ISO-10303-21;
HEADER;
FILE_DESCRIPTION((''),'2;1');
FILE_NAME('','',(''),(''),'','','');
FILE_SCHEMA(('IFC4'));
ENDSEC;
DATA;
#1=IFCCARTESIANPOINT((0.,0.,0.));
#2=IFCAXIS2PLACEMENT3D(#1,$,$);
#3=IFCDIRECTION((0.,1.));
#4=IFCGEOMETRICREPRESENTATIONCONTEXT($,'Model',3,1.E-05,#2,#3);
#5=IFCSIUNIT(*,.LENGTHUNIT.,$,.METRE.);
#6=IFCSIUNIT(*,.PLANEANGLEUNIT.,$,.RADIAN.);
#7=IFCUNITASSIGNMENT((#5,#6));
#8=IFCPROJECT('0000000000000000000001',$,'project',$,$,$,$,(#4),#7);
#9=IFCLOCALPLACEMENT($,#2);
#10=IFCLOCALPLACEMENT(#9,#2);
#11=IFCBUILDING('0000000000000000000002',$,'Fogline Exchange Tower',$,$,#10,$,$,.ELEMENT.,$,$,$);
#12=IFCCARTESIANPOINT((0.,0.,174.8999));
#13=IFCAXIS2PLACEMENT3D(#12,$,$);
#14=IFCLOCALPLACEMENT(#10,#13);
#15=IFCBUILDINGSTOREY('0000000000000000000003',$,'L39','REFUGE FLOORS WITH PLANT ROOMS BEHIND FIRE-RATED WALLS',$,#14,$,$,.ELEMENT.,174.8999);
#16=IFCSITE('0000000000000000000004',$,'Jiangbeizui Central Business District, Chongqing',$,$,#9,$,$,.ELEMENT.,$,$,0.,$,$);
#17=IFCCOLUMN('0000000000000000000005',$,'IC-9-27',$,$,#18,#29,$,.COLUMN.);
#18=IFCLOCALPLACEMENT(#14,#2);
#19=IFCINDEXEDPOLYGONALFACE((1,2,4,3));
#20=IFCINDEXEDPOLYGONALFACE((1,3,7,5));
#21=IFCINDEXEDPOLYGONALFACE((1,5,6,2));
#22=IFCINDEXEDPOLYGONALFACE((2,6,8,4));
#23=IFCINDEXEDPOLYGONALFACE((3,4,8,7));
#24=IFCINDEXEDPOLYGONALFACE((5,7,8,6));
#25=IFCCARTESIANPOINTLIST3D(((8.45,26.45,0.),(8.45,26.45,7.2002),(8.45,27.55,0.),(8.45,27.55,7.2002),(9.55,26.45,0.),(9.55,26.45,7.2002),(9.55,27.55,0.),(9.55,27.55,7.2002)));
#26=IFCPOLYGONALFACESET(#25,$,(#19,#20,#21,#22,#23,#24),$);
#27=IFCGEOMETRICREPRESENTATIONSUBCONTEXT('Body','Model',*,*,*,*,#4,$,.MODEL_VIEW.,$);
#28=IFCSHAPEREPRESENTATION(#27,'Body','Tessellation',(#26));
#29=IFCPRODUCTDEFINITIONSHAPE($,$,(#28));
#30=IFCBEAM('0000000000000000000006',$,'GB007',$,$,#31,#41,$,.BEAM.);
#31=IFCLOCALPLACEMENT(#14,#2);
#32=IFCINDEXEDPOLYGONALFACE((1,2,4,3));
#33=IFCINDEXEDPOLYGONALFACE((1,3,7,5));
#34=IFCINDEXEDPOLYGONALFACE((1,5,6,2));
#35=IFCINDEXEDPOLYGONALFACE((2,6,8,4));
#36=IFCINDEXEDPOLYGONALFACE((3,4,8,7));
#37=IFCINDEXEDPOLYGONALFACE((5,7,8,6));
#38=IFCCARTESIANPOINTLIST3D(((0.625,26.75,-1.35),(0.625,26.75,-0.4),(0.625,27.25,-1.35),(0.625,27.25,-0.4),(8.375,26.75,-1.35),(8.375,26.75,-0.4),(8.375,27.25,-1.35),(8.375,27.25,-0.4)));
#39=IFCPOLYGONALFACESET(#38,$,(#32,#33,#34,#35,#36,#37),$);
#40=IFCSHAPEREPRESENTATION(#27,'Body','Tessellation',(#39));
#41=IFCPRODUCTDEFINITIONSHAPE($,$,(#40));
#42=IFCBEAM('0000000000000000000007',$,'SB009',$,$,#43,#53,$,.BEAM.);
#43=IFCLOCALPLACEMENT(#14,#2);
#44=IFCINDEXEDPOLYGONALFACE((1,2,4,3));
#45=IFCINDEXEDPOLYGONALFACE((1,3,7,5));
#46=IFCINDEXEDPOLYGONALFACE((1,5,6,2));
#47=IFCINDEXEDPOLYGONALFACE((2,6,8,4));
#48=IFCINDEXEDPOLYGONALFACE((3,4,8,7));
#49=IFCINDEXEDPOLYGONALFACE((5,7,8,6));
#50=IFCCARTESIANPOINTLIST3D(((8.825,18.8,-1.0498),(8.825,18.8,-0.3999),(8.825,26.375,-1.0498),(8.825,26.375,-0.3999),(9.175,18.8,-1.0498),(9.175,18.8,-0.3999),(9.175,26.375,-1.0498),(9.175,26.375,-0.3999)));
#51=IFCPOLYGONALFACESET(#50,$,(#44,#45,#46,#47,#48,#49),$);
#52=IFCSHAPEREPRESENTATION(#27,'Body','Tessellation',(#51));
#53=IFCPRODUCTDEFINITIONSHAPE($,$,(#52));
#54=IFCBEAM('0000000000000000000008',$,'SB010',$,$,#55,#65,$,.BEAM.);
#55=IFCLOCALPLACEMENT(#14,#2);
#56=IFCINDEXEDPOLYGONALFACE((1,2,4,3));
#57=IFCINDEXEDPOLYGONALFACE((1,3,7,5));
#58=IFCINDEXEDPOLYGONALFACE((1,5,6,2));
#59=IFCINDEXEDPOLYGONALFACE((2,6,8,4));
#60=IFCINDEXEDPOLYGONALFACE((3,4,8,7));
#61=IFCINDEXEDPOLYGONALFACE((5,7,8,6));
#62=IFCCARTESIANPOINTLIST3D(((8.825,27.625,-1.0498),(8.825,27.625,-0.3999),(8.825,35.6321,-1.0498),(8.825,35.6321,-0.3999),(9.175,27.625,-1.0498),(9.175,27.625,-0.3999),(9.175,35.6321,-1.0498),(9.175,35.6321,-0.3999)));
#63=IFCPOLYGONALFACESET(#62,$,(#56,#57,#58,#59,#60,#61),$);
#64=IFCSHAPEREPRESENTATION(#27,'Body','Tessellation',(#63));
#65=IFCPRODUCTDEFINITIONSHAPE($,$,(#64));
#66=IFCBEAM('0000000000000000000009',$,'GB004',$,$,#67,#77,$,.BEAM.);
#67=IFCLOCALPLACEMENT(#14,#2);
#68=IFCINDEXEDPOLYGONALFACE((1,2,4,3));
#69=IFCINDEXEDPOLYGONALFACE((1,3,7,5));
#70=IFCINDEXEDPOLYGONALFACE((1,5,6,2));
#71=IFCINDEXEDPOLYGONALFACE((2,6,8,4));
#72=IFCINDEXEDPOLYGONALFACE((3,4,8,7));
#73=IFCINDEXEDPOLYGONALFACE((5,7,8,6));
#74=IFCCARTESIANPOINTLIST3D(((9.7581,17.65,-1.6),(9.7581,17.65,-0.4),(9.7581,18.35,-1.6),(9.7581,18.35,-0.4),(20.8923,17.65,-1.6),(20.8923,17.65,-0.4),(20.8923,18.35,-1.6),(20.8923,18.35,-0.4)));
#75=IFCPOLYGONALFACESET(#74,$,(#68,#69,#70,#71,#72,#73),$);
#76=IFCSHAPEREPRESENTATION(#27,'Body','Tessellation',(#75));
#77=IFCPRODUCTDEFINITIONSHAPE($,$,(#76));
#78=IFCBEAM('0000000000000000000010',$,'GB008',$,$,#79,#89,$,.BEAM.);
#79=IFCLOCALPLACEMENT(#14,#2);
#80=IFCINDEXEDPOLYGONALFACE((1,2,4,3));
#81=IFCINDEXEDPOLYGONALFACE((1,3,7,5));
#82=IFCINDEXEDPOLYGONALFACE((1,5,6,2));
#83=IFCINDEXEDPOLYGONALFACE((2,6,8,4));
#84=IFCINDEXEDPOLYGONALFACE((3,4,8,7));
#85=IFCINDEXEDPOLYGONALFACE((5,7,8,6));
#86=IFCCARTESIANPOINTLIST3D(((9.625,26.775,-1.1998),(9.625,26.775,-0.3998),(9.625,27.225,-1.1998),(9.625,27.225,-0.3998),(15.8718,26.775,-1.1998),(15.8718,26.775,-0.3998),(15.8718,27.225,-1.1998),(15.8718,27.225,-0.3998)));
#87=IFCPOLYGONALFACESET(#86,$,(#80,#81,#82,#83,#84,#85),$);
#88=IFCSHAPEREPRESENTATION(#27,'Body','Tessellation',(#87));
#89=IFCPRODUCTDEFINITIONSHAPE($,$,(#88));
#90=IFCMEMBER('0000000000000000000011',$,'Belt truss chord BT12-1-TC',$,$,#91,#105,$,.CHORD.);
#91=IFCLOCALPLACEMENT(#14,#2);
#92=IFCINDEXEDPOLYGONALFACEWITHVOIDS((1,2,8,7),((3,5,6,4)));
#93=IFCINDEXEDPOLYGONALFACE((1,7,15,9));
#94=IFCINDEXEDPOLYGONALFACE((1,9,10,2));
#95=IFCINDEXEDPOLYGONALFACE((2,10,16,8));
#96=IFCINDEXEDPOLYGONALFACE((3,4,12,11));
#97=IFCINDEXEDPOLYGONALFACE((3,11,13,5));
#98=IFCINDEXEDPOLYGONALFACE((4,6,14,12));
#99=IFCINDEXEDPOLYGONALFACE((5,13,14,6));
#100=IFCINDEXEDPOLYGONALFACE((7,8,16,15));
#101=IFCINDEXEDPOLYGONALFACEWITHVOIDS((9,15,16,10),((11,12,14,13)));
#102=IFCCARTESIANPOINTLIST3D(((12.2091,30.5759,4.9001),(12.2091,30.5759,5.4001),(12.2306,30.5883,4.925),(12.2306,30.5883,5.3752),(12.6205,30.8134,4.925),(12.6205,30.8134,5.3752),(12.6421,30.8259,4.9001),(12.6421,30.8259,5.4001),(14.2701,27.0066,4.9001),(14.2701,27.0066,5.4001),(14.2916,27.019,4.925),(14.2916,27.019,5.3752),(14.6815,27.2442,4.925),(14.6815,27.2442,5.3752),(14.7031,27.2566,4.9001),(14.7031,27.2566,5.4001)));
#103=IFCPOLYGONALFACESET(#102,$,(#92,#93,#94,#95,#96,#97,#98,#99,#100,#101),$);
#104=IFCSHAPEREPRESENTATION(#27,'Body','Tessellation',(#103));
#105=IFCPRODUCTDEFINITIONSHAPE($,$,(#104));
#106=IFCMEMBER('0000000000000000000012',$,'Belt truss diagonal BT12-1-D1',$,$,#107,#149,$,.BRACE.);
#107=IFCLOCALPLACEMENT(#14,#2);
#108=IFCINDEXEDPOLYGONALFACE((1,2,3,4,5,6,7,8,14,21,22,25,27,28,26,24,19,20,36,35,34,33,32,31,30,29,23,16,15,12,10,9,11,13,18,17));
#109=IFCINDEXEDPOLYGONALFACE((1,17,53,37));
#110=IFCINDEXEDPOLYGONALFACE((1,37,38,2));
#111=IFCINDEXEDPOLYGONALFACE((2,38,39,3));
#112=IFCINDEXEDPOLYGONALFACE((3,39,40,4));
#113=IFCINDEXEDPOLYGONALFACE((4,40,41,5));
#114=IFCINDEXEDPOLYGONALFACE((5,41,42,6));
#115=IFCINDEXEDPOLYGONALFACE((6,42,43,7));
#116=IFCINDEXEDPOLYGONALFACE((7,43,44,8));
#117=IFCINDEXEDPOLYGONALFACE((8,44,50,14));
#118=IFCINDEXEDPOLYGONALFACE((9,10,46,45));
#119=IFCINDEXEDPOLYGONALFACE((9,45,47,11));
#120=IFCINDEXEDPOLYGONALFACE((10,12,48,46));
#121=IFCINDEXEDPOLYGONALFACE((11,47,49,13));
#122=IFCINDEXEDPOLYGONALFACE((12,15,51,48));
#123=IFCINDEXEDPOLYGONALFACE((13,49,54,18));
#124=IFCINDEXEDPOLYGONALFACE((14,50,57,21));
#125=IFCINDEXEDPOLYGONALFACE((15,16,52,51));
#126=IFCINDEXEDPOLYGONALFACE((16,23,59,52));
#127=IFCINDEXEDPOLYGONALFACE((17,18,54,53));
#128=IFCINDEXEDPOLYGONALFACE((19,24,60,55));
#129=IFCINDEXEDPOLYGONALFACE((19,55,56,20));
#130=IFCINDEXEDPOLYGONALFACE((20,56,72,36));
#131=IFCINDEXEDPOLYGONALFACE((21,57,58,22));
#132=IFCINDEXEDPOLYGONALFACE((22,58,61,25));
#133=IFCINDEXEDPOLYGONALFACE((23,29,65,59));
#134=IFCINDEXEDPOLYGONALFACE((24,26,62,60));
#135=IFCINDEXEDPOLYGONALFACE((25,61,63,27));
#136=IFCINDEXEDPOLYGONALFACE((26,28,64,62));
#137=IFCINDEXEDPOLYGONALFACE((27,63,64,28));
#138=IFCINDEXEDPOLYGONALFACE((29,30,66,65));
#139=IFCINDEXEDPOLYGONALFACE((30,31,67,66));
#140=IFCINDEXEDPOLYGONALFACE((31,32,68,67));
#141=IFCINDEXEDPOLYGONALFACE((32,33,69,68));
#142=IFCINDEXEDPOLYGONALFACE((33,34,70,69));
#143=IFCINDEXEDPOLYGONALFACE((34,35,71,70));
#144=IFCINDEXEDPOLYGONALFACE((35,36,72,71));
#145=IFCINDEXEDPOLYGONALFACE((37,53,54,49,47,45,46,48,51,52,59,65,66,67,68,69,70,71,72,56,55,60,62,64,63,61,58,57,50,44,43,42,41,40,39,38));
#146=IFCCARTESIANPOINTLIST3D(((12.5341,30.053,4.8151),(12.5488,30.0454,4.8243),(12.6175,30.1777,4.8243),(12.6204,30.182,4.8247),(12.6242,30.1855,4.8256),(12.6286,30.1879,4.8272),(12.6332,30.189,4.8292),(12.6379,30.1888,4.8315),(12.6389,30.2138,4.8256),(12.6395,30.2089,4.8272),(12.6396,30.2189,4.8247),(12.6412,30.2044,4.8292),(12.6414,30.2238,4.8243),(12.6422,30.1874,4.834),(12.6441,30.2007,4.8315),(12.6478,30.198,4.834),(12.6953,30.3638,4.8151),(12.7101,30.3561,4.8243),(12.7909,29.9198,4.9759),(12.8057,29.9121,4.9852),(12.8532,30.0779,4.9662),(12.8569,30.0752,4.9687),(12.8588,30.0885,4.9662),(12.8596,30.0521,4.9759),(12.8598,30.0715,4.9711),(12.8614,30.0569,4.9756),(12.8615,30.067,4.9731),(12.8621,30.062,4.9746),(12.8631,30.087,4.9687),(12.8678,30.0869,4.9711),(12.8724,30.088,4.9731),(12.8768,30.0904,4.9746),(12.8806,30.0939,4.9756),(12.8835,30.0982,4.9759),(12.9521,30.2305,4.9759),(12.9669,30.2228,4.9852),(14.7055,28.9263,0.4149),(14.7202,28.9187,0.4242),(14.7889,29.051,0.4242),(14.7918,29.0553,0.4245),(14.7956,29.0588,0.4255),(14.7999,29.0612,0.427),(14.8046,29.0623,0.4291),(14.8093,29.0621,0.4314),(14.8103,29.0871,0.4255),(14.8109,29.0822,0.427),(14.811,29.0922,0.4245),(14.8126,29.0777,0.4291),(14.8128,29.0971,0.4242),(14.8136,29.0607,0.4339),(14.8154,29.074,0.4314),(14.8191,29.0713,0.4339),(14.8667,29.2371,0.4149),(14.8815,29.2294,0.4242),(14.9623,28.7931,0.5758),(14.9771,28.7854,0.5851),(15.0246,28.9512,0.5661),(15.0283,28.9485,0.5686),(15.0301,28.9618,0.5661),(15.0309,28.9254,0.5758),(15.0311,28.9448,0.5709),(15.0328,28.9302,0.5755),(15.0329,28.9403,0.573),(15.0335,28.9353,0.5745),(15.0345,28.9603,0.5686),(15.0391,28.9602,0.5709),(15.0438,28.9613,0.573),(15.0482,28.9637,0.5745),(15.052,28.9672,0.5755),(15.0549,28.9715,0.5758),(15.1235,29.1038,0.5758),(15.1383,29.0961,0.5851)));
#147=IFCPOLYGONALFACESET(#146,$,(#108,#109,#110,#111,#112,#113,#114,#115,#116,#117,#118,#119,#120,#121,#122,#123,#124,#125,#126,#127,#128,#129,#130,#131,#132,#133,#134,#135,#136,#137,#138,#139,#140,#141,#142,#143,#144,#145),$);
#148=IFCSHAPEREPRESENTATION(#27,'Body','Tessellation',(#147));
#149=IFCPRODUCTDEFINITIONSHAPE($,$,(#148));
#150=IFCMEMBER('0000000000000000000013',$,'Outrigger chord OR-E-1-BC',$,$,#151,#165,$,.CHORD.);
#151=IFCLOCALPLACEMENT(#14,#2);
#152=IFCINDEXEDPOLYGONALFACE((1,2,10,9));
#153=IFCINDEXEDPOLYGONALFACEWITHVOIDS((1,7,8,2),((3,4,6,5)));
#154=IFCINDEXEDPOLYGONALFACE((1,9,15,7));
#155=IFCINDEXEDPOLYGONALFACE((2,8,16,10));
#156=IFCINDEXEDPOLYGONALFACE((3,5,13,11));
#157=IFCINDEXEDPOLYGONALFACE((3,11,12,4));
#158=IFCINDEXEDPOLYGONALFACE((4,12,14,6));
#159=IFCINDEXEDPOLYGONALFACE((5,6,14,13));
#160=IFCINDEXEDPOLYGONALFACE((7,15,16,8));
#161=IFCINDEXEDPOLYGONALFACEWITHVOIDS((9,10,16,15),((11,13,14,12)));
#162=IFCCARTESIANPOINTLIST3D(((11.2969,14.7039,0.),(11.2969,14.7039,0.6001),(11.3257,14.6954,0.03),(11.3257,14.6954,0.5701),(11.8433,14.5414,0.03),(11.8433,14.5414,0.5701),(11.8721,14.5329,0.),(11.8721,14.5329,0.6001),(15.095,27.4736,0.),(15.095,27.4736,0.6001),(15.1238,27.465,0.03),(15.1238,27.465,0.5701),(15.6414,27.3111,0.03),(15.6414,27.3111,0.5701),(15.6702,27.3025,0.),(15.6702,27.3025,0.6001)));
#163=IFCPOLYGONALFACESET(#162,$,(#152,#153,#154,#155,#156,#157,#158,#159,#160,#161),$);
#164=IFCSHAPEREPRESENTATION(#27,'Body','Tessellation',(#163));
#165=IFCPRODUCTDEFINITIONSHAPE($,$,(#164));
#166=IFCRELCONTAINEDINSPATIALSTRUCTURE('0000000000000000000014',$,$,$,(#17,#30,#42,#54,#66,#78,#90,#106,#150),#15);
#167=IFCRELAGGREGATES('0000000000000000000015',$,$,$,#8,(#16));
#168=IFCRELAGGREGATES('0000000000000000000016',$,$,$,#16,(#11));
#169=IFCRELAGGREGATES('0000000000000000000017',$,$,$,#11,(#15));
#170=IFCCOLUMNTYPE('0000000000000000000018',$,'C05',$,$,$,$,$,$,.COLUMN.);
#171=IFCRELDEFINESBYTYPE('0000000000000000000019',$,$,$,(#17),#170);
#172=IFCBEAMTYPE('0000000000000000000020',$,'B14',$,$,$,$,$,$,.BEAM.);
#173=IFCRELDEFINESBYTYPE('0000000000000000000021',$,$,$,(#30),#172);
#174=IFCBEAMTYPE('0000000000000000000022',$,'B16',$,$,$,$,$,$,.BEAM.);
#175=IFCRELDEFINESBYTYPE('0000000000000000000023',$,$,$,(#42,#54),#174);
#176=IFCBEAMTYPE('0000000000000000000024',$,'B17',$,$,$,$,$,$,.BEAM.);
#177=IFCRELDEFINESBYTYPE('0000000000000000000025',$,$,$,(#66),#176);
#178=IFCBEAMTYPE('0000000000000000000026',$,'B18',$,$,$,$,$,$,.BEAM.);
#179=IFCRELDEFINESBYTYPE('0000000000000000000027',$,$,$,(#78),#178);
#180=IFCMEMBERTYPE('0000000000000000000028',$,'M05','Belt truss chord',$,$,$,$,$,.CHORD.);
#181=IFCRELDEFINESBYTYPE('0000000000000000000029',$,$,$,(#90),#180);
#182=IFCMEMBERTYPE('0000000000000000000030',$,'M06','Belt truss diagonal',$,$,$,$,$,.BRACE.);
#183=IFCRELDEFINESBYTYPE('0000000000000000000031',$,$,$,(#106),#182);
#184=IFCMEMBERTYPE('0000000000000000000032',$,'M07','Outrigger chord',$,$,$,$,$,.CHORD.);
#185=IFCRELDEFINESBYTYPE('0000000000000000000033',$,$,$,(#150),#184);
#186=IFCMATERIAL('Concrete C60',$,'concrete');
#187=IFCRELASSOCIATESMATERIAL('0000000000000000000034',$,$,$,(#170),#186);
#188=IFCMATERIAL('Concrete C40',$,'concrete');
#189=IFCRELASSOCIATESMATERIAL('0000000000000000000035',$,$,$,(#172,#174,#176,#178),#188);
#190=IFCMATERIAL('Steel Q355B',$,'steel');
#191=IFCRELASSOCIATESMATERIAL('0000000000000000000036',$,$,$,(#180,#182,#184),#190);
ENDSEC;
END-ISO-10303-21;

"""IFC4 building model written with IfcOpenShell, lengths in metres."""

from ifc_helpers import new_model, si_unit, direction, frame, origin, origin_2d, place, context, subcontext, project, spatial, rectangle, hollow_rectangle, i_section, extrude, material, material_profile, profile_set, type_object, element, save


model = new_model("IFC4")

# Units and contexts
model_context = context("Model", 3, precision=1e-05, world=origin(), true_north=direction((0.0, 1.0)))
body_context = subcontext(model_context, "Body", "Model", "MODEL_VIEW")
ifc_project = project(units=[si_unit("LENGTHUNIT", "METRE"), si_unit("PLANEANGLEUNIT", "RADIAN")], contexts=[model_context])

# Site, building, storey
site_placement = place(None, origin())
site = spatial("IfcSite", under=ifc_project, at=site_placement, Name="Jiangbeizui Central Business District, Chongqing", CompositionType="ELEMENT", RefElevation=0.0)
building_placement = place(site_placement, origin())
building = spatial("IfcBuilding", under=site, at=building_placement, Name="Fogline Exchange Tower", CompositionType="ELEMENT")
storey_placement = place(building_placement, frame((0.0, 0.0, 174.8999)))
storey = spatial("IfcBuildingStorey", under=building, at=storey_placement, Name="L39", Description="REFUGE FLOORS WITH PLANT ROOMS BEHIND FIRE-RATED WALLS", CompositionType="ELEMENT", Elevation=174.8999)

# Column
ifc_material_1 = material(Name="Concrete C60", Category="concrete")
ifc_material_profile_1 = material_profile(ifc_material_1, rectangle(XDim=1.1001, YDim=1.1001, at=origin_2d()), Name="RC 1100x1100")
ifc_profile_set_1 = profile_set([ifc_material_profile_1], Name="Concrete C60")
column_type = type_object("IfcColumnType", Name="C05", PredefinedType="COLUMN", material=ifc_profile_set_1)
column_placement = place(storey_placement, frame((9.0, 27.0, 0.0), z_axis=(0.0, 0.0, 1.0), x_axis=(1.0, 0.0, 0.0)))
element("IfcColumn", 1, at=column_placement, inside=storey, type_object=column_type, Name="IC-9-27", PredefinedType="COLUMN", context=body_context, shape_type="SweptSolid", body=[
    extrude(rectangle(XDim=1.1001, YDim=1.1001, at=origin_2d()), origin(), (0.0, 0.0, 1.0), 7.2002),
])

# Beams
ifc_material_2 = material(Name="Concrete C40", Category="concrete")
ifc_material_profile_2 = material_profile(ifc_material_2, rectangle(XDim=0.5, YDim=0.95, at=origin_2d()), Name="RC 500x950")
ifc_profile_set_2 = profile_set([ifc_material_profile_2], Name="Concrete C40")
beam_type_1 = type_object("IfcBeamType", Name="B14", PredefinedType="BEAM", material=ifc_profile_set_2)
beam_1_placement = place(storey_placement, frame((0.625, 27.0, -0.875), z_axis=(1.0, 0.0, 0.0), x_axis=(0.0, 1.0, 0.0)))
element("IfcBeam", 2, at=beam_1_placement, inside=storey, type_object=beam_type_1, Name="GB007", PredefinedType="BEAM", context=body_context, shape_type="SweptSolid", body=[
    extrude(rectangle(XDim=0.5, YDim=0.95, at=origin_2d()), origin(), (0.0, 0.0, 1.0), 7.75),
])
ifc_material_profile_3 = material_profile(ifc_material_2, rectangle(XDim=0.3501, YDim=0.6499, at=origin_2d()), Name="RC 350x650")
ifc_profile_set_3 = profile_set([ifc_material_profile_3], Name="Concrete C40")
beam_type_2 = type_object("IfcBeamType", Name="B16", PredefinedType="BEAM", material=ifc_profile_set_3)
beam_2_placement = place(storey_placement, frame((9.0, 18.8, -0.7249), z_axis=(0.0, 1.0, 0.0), x_axis=(-1.0, 0.0, 0.0)))
element("IfcBeam", 3, at=beam_2_placement, inside=storey, type_object=beam_type_2, Name="SB009", PredefinedType="BEAM", context=body_context, shape_type="SweptSolid", body=[
    extrude(rectangle(XDim=0.3501, YDim=0.6499, at=origin_2d()), origin(), (0.0, 0.0, 1.0), 7.575),
])
beam_3_placement = place(storey_placement, frame((9.0, 27.625, -0.7249), z_axis=(0.0, 1.0, 0.0), x_axis=(-1.0, 0.0, 0.0)))
element("IfcBeam", 4, at=beam_3_placement, inside=storey, type_object=beam_type_2, Name="SB010", PredefinedType="BEAM", context=body_context, shape_type="SweptSolid", body=[
    extrude(rectangle(XDim=0.3501, YDim=0.6499, at=origin_2d()), origin(), (0.0, 0.0, 1.0), 8.0071),
])
ifc_material_profile_4 = material_profile(ifc_material_2, rectangle(XDim=0.7, YDim=1.2, at=origin_2d()), Name="RC 700x1200")
ifc_profile_set_4 = profile_set([ifc_material_profile_4], Name="Concrete C40")
beam_type_3 = type_object("IfcBeamType", Name="B17", PredefinedType="BEAM", material=ifc_profile_set_4)
beam_4_placement = place(storey_placement, frame((9.7581, 18.0, -1.0), z_axis=(1.0, 0.0, 0.0), x_axis=(0.0, 1.0, 0.0)))
element("IfcBeam", 5, at=beam_4_placement, inside=storey, type_object=beam_type_3, Name="GB004", PredefinedType="BEAM", context=body_context, shape_type="SweptSolid", body=[
    extrude(rectangle(XDim=0.7, YDim=1.2, at=origin_2d()), origin(), (0.0, 0.0, 1.0), 11.1343),
])
ifc_material_profile_5 = material_profile(ifc_material_2, rectangle(XDim=0.45, YDim=0.8, at=origin_2d()), Name="RC 450x800")
ifc_profile_set_5 = profile_set([ifc_material_profile_5], Name="Concrete C40")
beam_type_4 = type_object("IfcBeamType", Name="B18", PredefinedType="BEAM", material=ifc_profile_set_5)
beam_5_placement = place(storey_placement, frame((9.625, 27.0, -0.7998), z_axis=(1.0, 0.0, 0.0), x_axis=(0.0, 1.0, 0.0)))
element("IfcBeam", 6, at=beam_5_placement, inside=storey, type_object=beam_type_4, Name="GB008", PredefinedType="BEAM", context=body_context, shape_type="SweptSolid", body=[
    extrude(rectangle(XDim=0.45, YDim=0.8, at=origin_2d()), origin(), (0.0, 0.0, 1.0), 6.2468),
])

# Members
ifc_material_3 = material(Name="Steel Q355B", Category="steel")
ifc_material_profile_6 = material_profile(ifc_material_3, hollow_rectangle(XDim=0.5, YDim=0.5, WallThickness=0.0249, at=origin_2d()), Name="BOX500X500X25")
ifc_profile_set_6 = profile_set([ifc_material_profile_6], Name="Steel Q355B")
member_type_1 = type_object("IfcMemberType", Name="M05", Description="Belt truss chord", PredefinedType="CHORD", material=ifc_profile_set_6)
member_1_placement = place(storey_placement, frame((14.4866, 27.1316, 5.1501), z_axis=(-0.500051, 0.865996, 0.0), x_axis=(-0.865996, -0.500051, 0.0)))
element("IfcMember", 7, at=member_1_placement, inside=storey, type_object=member_type_1, Name="Belt truss chord BT12-1-TC", PredefinedType="CHORD", context=body_context, shape_type="SweptSolid", body=[
    extrude(hollow_rectangle(XDim=0.5, YDim=0.5, WallThickness=0.0249, at=origin_2d()), origin(), (0.0, 0.0, 1.0), 4.1216),
])
ifc_material_profile_7 = material_profile(ifc_material_3, i_section(OverallWidth=0.3501, OverallDepth=0.3501, WebThickness=0.012, FlangeThickness=0.019, FilletRadius=0.02, at=origin_2d()), Name="HW350X350X12X19")
ifc_profile_set_7 = profile_set([ifc_material_profile_7], Name="Steel Q355B")
member_type_2 = type_object("IfcMemberType", Name="M06", Description="Belt truss diagonal", PredefinedType="BRACE", material=ifc_profile_set_7)
member_2_placement = place(storey_placement, frame((14.9219, 29.0112, 0.5), z_axis=(-0.431306, 0.2238, 0.874007), x_axis=(-0.460576, -0.88762, 0.0)))
element("IfcMember", 8, at=member_2_placement, inside=storey, type_object=member_type_2, Name="Belt truss diagonal BT12-1-D1", PredefinedType="BRACE", context=body_context, shape_type="SweptSolid", body=[
    extrude(i_section(OverallWidth=0.3501, OverallDepth=0.3501, WebThickness=0.012, FlangeThickness=0.019, FilletRadius=0.02, at=origin_2d()), origin(), (0.0, 0.0, 1.0), 5.0344),
])
ifc_material_profile_8 = material_profile(ifc_material_3, hollow_rectangle(XDim=0.6001, YDim=0.6001, WallThickness=0.03, at=origin_2d()), Name="BOX600X600X30")
ifc_profile_set_8 = profile_set([ifc_material_profile_8], Name="Steel Q355B")
member_type_3 = type_object("IfcMemberType", Name="M07", Description="Outrigger chord", PredefinedType="CHORD", material=ifc_profile_set_8)
member_3_placement = place(storey_placement, frame((11.5845, 14.6184, 0.3), z_axis=(0.285091, 0.9585, 0.0), x_axis=(-0.9585, 0.285091, 0.0)))
element("IfcMember", 9, at=member_3_placement, inside=storey, type_object=member_type_3, Name="Outrigger chord OR-E-1-BC", PredefinedType="CHORD", context=body_context, shape_type="SweptSolid", body=[
    extrude(hollow_rectangle(XDim=0.6001, YDim=0.6001, WallThickness=0.03, at=origin_2d()), origin(), (0.0, 0.0, 1.0), 13.3225),
])

save(model, "model.ifc")
